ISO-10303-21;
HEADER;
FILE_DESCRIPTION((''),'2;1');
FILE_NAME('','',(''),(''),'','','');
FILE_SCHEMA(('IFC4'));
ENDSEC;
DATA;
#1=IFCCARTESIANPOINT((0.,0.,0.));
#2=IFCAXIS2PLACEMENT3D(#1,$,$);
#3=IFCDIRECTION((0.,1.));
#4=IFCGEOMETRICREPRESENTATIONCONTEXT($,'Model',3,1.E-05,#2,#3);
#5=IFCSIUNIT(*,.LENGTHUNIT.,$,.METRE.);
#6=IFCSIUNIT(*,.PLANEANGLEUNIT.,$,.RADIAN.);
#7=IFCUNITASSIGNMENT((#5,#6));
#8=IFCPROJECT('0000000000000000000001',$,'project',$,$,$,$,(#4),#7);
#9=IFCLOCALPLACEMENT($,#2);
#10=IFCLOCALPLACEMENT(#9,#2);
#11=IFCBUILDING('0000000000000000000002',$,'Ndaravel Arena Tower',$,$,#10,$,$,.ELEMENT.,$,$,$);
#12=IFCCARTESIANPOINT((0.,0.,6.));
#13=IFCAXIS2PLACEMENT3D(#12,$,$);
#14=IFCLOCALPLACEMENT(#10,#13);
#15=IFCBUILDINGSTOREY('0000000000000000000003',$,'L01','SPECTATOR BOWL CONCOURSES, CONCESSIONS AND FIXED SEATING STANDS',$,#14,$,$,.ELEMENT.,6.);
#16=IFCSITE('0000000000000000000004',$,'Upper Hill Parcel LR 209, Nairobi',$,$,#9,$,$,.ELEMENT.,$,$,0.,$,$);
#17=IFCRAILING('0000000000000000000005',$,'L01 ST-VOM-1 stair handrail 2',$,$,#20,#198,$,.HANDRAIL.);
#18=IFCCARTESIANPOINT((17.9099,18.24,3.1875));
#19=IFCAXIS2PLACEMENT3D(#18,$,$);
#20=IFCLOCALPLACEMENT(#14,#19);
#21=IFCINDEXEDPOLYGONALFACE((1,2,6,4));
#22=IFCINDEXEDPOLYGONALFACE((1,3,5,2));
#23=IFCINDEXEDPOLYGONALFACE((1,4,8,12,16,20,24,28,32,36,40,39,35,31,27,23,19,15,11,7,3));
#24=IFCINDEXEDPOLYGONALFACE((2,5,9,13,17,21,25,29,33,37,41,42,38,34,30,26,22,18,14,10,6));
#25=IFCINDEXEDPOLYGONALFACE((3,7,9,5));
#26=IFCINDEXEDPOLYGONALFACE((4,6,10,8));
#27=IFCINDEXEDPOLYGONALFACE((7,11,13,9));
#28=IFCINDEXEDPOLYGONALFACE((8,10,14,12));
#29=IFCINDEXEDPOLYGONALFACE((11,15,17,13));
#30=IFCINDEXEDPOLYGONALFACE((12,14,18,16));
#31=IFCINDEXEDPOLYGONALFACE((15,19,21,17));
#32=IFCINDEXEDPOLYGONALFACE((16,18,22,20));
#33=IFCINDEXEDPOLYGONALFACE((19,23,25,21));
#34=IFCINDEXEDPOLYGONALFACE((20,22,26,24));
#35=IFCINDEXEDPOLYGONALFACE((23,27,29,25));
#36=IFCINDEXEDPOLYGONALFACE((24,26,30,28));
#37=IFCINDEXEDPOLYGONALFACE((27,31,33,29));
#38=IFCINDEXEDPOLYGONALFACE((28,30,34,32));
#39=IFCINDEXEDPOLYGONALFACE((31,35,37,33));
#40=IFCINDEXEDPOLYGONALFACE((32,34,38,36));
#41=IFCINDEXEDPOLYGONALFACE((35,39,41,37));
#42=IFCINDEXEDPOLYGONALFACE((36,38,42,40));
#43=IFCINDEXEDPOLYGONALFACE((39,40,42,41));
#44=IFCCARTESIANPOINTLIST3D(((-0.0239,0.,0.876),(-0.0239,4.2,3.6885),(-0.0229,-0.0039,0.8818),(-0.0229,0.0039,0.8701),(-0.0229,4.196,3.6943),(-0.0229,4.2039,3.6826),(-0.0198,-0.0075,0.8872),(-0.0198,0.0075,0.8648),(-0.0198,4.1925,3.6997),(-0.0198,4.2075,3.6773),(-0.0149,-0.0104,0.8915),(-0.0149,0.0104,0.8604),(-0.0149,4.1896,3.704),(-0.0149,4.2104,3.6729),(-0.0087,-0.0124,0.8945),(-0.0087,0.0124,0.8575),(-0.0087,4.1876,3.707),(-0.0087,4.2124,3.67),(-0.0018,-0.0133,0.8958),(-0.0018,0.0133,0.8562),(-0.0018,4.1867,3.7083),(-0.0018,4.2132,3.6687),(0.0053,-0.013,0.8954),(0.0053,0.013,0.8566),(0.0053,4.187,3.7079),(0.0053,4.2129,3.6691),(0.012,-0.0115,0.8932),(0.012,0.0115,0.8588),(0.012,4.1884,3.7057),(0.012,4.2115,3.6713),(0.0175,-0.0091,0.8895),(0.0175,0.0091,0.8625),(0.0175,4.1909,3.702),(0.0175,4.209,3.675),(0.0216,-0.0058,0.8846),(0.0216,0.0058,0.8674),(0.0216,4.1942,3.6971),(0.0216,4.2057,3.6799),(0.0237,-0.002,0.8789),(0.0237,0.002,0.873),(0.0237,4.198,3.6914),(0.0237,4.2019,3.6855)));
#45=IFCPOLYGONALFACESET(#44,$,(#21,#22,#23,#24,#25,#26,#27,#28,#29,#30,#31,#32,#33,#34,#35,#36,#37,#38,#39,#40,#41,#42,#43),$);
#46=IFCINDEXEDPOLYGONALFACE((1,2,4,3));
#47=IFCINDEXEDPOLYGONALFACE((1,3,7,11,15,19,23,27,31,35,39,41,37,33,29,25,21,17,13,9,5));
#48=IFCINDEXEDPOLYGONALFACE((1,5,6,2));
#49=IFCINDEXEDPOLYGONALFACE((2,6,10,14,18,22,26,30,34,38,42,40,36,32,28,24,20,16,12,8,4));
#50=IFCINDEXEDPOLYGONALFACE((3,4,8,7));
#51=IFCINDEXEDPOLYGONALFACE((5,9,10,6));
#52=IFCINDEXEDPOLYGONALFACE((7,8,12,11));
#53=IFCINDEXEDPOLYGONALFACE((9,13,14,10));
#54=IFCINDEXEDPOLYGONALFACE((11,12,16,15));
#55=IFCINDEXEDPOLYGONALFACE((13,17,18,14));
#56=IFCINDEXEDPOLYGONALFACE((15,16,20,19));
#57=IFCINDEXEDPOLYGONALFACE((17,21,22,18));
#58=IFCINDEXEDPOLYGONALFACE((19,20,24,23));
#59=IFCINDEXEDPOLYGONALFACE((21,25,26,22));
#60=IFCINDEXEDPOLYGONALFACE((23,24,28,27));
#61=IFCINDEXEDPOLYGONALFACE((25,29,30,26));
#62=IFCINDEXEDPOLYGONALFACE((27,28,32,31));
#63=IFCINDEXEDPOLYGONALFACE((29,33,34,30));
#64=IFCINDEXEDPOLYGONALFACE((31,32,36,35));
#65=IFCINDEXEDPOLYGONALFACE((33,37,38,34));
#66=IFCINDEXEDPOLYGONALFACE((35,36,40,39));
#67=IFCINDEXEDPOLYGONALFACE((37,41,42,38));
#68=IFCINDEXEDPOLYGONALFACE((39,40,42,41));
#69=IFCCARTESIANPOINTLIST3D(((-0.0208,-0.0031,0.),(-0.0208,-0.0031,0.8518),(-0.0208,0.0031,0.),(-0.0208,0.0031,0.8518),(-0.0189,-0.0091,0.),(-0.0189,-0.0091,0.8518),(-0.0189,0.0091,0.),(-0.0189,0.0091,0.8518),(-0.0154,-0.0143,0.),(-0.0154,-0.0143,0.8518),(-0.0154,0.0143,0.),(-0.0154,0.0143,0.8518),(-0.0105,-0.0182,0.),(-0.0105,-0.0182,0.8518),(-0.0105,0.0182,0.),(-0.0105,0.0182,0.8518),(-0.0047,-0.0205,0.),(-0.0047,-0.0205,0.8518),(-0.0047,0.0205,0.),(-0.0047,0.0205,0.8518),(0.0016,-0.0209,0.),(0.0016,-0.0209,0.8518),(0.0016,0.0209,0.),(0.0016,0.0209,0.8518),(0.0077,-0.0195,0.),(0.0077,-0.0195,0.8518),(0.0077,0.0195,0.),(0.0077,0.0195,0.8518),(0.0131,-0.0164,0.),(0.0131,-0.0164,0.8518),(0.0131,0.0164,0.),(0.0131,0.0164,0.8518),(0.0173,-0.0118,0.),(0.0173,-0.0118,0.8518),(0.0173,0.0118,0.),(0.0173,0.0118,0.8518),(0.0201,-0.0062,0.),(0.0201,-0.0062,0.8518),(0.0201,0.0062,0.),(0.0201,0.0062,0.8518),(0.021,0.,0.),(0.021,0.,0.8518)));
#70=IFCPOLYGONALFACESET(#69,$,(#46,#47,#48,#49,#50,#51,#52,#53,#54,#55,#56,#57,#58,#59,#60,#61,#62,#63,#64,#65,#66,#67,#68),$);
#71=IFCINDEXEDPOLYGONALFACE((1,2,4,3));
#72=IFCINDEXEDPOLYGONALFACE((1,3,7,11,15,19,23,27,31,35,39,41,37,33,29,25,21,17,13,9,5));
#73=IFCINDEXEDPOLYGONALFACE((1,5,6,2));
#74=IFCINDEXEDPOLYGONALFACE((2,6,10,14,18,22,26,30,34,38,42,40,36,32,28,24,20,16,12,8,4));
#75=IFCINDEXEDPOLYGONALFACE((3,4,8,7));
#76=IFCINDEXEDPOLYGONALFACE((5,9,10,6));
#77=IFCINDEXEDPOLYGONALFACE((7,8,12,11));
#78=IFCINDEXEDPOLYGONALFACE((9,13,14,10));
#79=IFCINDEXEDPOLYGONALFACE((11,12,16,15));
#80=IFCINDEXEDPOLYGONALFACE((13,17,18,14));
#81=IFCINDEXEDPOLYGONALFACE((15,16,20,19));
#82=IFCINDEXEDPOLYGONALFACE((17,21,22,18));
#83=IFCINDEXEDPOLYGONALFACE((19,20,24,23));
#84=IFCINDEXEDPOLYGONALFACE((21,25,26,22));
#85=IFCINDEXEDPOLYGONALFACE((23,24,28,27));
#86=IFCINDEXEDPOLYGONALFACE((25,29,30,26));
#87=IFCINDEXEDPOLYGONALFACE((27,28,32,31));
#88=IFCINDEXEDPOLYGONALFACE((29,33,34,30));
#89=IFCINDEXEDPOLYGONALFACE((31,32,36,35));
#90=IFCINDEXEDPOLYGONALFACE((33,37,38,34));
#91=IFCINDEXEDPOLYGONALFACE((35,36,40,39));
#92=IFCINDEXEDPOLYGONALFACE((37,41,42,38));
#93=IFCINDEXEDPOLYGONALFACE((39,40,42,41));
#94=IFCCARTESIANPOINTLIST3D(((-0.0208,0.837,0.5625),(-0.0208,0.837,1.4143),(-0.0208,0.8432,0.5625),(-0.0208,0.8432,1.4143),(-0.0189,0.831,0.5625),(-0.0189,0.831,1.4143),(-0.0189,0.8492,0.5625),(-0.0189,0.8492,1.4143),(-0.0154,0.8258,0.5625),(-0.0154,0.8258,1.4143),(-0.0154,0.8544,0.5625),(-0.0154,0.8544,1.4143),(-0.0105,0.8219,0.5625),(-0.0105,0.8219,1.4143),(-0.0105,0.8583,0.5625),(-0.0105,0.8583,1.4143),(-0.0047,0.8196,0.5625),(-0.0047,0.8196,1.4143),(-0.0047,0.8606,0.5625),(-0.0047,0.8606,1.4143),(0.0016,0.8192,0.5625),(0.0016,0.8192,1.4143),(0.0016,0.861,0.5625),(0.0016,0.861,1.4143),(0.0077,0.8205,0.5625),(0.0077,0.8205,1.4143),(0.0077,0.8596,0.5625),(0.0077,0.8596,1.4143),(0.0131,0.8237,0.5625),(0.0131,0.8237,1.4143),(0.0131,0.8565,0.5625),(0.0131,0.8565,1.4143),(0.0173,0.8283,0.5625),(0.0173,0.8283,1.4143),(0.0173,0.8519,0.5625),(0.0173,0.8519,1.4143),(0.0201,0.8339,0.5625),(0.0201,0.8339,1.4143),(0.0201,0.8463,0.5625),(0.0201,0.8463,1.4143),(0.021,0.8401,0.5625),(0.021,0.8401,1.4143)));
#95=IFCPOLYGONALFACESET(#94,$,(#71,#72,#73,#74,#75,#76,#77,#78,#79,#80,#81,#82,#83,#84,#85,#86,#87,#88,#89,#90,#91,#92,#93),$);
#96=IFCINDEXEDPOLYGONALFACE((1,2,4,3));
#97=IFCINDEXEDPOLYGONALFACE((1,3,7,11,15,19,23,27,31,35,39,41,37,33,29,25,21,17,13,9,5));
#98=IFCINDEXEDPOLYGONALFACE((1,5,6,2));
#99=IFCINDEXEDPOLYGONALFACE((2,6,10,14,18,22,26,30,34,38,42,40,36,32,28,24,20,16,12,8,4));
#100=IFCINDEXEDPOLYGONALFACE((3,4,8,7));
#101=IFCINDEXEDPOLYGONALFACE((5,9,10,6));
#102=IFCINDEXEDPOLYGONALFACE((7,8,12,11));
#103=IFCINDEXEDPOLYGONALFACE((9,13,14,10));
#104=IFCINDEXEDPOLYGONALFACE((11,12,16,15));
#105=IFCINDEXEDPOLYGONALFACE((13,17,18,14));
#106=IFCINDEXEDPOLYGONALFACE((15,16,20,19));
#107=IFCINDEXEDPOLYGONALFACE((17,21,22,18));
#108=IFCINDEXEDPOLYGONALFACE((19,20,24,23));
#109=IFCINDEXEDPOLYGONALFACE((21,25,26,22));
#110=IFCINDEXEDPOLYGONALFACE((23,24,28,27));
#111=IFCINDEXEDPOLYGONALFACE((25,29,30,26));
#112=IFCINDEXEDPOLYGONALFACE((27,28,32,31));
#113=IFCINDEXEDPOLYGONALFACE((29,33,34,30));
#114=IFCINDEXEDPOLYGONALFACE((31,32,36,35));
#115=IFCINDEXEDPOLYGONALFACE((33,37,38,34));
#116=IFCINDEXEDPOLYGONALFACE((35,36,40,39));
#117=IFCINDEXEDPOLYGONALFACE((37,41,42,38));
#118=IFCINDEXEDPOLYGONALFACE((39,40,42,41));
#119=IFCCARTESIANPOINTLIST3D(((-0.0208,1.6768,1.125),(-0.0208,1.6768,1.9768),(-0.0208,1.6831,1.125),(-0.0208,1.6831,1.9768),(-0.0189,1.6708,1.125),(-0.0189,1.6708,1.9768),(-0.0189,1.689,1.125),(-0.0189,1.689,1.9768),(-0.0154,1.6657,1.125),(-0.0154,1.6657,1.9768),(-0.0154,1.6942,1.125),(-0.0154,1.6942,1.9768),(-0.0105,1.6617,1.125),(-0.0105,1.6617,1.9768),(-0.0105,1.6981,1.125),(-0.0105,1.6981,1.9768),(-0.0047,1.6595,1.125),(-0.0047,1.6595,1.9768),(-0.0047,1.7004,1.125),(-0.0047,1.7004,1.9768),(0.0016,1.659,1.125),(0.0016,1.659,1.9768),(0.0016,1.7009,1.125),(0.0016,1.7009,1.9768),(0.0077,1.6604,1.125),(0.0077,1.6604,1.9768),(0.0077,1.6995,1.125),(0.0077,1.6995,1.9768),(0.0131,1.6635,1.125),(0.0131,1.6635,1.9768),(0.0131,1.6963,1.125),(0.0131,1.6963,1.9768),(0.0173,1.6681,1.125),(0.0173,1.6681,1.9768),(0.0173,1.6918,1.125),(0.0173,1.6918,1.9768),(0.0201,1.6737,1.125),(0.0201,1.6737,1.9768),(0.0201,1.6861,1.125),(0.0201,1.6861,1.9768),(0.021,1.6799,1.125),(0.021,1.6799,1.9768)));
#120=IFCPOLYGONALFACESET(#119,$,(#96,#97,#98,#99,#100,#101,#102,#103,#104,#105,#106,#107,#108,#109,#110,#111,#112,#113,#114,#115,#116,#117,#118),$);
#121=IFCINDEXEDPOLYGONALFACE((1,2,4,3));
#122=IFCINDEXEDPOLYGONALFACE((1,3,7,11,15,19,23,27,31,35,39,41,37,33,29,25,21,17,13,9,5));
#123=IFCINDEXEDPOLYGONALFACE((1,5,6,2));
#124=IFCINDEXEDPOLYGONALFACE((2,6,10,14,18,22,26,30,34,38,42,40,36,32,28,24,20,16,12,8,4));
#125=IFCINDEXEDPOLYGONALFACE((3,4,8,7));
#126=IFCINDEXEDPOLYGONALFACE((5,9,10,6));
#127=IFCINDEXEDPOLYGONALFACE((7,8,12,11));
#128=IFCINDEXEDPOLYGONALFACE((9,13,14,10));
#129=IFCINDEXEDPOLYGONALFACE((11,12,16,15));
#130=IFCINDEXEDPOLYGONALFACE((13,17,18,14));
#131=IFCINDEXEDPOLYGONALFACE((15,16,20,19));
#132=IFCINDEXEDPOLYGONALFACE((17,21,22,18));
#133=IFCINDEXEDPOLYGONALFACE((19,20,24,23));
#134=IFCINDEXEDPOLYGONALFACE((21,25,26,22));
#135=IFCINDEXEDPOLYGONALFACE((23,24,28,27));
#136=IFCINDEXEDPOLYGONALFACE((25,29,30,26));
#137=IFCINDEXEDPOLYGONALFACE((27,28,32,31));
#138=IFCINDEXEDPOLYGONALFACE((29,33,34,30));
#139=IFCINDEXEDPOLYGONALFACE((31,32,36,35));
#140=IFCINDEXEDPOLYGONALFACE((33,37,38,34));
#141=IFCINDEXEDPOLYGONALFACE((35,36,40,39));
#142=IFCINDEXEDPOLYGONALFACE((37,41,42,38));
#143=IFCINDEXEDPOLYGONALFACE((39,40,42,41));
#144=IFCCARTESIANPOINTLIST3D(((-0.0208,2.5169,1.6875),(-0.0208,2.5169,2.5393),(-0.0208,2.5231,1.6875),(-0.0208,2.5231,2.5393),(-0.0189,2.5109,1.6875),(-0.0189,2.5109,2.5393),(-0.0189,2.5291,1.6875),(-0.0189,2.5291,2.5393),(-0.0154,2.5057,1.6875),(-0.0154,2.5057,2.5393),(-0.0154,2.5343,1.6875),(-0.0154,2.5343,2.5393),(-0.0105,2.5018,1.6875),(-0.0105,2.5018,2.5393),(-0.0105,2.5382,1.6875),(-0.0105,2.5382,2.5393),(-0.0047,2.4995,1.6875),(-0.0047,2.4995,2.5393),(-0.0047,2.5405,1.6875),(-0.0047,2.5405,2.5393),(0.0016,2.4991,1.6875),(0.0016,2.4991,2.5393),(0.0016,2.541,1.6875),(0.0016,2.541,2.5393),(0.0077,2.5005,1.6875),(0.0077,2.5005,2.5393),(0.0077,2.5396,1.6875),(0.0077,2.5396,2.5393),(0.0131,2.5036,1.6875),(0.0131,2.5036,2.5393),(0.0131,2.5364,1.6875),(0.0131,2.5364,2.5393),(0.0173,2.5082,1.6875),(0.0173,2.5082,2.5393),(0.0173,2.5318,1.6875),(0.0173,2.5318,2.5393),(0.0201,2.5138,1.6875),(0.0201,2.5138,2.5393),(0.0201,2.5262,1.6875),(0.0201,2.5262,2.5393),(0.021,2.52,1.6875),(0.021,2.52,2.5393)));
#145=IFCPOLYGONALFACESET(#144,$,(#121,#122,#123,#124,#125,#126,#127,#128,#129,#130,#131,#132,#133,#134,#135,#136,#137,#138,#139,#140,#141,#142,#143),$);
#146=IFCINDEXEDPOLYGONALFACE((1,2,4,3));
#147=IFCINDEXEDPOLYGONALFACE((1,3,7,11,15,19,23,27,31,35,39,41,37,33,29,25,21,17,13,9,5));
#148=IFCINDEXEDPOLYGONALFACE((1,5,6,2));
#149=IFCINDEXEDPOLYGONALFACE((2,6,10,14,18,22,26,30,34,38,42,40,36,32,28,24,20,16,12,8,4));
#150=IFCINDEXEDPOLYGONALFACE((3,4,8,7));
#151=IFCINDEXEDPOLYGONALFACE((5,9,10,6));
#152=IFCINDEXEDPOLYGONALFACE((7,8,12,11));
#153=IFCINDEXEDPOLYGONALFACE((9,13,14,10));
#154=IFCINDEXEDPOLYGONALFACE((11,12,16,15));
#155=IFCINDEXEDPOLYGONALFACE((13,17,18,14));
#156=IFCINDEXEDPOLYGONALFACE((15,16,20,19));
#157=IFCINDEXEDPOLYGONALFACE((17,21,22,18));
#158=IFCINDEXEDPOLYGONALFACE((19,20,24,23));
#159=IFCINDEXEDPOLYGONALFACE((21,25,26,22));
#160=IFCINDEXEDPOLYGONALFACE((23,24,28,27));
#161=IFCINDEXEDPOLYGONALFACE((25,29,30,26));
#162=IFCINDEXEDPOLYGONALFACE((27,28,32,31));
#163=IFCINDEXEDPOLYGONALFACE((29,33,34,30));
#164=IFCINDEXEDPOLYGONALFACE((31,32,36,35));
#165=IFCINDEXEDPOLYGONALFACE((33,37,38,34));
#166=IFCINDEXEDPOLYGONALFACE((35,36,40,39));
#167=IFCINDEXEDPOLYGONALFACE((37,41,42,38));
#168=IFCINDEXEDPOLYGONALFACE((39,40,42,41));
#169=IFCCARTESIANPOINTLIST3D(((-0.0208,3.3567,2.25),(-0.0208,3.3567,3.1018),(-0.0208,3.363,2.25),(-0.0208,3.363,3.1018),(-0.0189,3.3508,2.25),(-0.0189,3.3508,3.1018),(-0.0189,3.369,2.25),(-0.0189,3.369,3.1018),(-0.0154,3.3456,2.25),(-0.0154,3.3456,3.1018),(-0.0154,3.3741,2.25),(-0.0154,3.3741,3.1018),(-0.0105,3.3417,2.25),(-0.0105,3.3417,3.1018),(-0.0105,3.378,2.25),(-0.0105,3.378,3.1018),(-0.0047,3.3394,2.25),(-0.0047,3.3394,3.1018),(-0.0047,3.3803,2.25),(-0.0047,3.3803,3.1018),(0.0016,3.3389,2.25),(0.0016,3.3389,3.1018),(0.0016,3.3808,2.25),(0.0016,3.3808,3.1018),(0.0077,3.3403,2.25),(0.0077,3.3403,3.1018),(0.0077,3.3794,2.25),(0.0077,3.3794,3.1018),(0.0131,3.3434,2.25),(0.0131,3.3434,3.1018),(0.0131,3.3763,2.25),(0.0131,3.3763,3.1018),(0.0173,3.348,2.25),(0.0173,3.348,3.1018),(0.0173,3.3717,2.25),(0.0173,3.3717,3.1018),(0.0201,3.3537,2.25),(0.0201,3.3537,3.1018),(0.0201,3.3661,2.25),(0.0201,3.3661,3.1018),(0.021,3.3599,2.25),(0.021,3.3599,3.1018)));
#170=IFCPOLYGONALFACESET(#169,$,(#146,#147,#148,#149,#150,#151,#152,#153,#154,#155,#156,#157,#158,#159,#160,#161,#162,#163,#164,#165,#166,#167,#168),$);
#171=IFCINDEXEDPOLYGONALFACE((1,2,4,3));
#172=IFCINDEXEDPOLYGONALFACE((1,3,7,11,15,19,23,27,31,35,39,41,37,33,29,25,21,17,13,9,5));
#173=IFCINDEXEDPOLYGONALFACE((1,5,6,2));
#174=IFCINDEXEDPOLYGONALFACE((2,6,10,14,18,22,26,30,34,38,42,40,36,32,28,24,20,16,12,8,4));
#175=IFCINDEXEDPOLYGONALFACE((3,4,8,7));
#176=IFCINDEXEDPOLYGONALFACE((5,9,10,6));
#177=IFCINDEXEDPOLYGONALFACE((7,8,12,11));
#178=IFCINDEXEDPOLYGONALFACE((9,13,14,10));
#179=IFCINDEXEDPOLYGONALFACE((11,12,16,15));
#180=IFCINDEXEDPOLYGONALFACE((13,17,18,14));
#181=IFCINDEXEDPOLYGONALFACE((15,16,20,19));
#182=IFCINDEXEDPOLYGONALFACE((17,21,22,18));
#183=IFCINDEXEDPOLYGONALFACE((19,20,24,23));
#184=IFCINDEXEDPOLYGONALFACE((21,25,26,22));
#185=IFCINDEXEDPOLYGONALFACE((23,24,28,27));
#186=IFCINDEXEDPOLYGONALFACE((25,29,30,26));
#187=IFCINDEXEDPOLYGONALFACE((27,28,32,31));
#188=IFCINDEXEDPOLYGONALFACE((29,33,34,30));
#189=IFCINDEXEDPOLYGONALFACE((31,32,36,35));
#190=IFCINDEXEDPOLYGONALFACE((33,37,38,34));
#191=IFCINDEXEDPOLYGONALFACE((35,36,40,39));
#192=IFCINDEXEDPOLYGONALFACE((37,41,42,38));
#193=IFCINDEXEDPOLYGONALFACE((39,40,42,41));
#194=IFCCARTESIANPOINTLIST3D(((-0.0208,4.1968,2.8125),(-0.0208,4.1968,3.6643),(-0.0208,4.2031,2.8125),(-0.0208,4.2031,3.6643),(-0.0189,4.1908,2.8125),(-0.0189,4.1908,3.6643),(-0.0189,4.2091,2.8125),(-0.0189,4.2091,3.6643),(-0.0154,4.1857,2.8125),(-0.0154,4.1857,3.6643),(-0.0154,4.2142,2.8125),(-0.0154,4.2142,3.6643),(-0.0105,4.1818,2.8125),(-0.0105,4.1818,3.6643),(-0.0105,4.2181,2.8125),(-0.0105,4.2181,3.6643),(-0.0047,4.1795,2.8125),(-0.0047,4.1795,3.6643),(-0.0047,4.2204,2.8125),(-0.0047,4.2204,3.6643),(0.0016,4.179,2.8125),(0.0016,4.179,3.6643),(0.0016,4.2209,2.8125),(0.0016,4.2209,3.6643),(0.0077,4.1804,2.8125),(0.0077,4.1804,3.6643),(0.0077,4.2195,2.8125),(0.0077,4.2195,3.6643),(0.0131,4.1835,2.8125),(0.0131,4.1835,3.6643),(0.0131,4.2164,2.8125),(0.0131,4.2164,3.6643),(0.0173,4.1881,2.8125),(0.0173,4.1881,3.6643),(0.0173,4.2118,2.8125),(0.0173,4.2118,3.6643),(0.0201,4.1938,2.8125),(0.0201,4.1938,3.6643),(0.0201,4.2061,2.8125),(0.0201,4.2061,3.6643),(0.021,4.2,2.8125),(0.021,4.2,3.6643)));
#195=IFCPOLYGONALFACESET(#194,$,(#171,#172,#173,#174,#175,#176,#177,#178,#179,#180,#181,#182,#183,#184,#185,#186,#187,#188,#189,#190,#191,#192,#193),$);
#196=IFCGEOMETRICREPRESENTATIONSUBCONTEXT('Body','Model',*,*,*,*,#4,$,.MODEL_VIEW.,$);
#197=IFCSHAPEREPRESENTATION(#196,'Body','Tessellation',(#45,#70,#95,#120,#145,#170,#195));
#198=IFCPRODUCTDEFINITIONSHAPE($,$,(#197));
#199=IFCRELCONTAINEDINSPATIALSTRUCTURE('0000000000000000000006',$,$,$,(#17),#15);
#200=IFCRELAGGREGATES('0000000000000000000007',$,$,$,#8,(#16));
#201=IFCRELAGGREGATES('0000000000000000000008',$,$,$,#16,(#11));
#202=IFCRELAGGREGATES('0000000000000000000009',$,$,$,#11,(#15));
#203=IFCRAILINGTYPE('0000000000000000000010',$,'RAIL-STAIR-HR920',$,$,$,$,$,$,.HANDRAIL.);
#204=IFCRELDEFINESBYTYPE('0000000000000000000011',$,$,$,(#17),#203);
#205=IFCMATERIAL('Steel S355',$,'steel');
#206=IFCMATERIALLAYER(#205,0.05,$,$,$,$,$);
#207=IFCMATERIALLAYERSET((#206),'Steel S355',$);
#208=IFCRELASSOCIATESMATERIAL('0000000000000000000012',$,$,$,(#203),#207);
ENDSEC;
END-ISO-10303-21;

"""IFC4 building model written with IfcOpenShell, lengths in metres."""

from ifc_helpers import new_model, si_unit, direction, frame, origin, origin_2d, place, context, subcontext, project, spatial, circle, extrude, material, layer, layer_set, type_object, element, save


model = new_model("IFC4")

# Units and contexts
model_context = context("Model", 3, precision=1e-05, world=origin(), true_north=direction((0.0, 1.0)))
body_context = subcontext(model_context, "Body", "Model", "MODEL_VIEW")
ifc_project = project(units=[si_unit("LENGTHUNIT", "METRE"), si_unit("PLANEANGLEUNIT", "RADIAN")], contexts=[model_context])

# Site, building, storey
site_placement = place(None, origin())
site = spatial("IfcSite", under=ifc_project, at=site_placement, Name="Upper Hill Parcel LR 209, Nairobi", CompositionType="ELEMENT", RefElevation=0.0)
building_placement = place(site_placement, origin())
building = spatial("IfcBuilding", under=site, at=building_placement, Name="Ndaravel Arena Tower", CompositionType="ELEMENT")
storey_placement = place(building_placement, frame((0.0, 0.0, 6.0)))
storey = spatial("IfcBuildingStorey", under=building, at=storey_placement, Name="L01", Description="SPECTATOR BOWL CONCOURSES, CONCESSIONS AND FIXED SEATING STANDS", CompositionType="ELEMENT", Elevation=6.0)

# Railing
ifc_material_1 = material(Name="Steel S355", Category="steel")
ifc_layer_1 = layer(ifc_material_1, 0.05)
ifc_layer_set_1 = layer_set([ifc_layer_1], Name="Steel S355")
railing_type_1 = type_object("IfcRailingType", Name="RAIL-STAIR-HR920", PredefinedType="HANDRAIL", material=ifc_layer_set_1)
for number, where, name in (
    (1, (17.9099, 18.24, 3.1875), "L01 ST-VOM-1 stair handrail 2"),
):
    element("IfcRailing", number, at=place(storey_placement, frame(where)), inside=storey, type_object=railing_type_1, Name=name, PredefinedType="HANDRAIL", context=body_context, shape_type="SweptSolid", body=[
        extrude(circle(Radius=0.0239, at=origin_2d()), frame((0.0, 0.0, 0.876), z_axis=(0.0, 0.830904, 0.556416), x_axis=(-1.0, 0.0, 0.0)), (0.0, 0.0, 1.0), 5.0547),
        extrude(circle(Radius=0.021, at=origin_2d()), origin(), (0.0, 0.0, 1.0), 0.8518),
        extrude(circle(Radius=0.021, at=origin_2d()), frame((0.0, 0.8401, 0.5625)), (0.0, 0.0, 1.0), 0.8518),
        extrude(circle(Radius=0.021, at=origin_2d()), frame((0.0, 1.6799, 1.125)), (0.0, 0.0, 1.0), 0.8518),
        extrude(circle(Radius=0.021, at=origin_2d()), frame((0.0, 2.52, 1.6875)), (0.0, 0.0, 1.0), 0.8518),
        extrude(circle(Radius=0.021, at=origin_2d()), frame((0.0, 3.3599, 2.25)), (0.0, 0.0, 1.0), 0.8518),
        extrude(circle(Radius=0.021, at=origin_2d()), frame((0.0, 4.2, 2.8125)), (0.0, 0.0, 1.0), 0.8518),
    ])

save(model, "model.ifc")
